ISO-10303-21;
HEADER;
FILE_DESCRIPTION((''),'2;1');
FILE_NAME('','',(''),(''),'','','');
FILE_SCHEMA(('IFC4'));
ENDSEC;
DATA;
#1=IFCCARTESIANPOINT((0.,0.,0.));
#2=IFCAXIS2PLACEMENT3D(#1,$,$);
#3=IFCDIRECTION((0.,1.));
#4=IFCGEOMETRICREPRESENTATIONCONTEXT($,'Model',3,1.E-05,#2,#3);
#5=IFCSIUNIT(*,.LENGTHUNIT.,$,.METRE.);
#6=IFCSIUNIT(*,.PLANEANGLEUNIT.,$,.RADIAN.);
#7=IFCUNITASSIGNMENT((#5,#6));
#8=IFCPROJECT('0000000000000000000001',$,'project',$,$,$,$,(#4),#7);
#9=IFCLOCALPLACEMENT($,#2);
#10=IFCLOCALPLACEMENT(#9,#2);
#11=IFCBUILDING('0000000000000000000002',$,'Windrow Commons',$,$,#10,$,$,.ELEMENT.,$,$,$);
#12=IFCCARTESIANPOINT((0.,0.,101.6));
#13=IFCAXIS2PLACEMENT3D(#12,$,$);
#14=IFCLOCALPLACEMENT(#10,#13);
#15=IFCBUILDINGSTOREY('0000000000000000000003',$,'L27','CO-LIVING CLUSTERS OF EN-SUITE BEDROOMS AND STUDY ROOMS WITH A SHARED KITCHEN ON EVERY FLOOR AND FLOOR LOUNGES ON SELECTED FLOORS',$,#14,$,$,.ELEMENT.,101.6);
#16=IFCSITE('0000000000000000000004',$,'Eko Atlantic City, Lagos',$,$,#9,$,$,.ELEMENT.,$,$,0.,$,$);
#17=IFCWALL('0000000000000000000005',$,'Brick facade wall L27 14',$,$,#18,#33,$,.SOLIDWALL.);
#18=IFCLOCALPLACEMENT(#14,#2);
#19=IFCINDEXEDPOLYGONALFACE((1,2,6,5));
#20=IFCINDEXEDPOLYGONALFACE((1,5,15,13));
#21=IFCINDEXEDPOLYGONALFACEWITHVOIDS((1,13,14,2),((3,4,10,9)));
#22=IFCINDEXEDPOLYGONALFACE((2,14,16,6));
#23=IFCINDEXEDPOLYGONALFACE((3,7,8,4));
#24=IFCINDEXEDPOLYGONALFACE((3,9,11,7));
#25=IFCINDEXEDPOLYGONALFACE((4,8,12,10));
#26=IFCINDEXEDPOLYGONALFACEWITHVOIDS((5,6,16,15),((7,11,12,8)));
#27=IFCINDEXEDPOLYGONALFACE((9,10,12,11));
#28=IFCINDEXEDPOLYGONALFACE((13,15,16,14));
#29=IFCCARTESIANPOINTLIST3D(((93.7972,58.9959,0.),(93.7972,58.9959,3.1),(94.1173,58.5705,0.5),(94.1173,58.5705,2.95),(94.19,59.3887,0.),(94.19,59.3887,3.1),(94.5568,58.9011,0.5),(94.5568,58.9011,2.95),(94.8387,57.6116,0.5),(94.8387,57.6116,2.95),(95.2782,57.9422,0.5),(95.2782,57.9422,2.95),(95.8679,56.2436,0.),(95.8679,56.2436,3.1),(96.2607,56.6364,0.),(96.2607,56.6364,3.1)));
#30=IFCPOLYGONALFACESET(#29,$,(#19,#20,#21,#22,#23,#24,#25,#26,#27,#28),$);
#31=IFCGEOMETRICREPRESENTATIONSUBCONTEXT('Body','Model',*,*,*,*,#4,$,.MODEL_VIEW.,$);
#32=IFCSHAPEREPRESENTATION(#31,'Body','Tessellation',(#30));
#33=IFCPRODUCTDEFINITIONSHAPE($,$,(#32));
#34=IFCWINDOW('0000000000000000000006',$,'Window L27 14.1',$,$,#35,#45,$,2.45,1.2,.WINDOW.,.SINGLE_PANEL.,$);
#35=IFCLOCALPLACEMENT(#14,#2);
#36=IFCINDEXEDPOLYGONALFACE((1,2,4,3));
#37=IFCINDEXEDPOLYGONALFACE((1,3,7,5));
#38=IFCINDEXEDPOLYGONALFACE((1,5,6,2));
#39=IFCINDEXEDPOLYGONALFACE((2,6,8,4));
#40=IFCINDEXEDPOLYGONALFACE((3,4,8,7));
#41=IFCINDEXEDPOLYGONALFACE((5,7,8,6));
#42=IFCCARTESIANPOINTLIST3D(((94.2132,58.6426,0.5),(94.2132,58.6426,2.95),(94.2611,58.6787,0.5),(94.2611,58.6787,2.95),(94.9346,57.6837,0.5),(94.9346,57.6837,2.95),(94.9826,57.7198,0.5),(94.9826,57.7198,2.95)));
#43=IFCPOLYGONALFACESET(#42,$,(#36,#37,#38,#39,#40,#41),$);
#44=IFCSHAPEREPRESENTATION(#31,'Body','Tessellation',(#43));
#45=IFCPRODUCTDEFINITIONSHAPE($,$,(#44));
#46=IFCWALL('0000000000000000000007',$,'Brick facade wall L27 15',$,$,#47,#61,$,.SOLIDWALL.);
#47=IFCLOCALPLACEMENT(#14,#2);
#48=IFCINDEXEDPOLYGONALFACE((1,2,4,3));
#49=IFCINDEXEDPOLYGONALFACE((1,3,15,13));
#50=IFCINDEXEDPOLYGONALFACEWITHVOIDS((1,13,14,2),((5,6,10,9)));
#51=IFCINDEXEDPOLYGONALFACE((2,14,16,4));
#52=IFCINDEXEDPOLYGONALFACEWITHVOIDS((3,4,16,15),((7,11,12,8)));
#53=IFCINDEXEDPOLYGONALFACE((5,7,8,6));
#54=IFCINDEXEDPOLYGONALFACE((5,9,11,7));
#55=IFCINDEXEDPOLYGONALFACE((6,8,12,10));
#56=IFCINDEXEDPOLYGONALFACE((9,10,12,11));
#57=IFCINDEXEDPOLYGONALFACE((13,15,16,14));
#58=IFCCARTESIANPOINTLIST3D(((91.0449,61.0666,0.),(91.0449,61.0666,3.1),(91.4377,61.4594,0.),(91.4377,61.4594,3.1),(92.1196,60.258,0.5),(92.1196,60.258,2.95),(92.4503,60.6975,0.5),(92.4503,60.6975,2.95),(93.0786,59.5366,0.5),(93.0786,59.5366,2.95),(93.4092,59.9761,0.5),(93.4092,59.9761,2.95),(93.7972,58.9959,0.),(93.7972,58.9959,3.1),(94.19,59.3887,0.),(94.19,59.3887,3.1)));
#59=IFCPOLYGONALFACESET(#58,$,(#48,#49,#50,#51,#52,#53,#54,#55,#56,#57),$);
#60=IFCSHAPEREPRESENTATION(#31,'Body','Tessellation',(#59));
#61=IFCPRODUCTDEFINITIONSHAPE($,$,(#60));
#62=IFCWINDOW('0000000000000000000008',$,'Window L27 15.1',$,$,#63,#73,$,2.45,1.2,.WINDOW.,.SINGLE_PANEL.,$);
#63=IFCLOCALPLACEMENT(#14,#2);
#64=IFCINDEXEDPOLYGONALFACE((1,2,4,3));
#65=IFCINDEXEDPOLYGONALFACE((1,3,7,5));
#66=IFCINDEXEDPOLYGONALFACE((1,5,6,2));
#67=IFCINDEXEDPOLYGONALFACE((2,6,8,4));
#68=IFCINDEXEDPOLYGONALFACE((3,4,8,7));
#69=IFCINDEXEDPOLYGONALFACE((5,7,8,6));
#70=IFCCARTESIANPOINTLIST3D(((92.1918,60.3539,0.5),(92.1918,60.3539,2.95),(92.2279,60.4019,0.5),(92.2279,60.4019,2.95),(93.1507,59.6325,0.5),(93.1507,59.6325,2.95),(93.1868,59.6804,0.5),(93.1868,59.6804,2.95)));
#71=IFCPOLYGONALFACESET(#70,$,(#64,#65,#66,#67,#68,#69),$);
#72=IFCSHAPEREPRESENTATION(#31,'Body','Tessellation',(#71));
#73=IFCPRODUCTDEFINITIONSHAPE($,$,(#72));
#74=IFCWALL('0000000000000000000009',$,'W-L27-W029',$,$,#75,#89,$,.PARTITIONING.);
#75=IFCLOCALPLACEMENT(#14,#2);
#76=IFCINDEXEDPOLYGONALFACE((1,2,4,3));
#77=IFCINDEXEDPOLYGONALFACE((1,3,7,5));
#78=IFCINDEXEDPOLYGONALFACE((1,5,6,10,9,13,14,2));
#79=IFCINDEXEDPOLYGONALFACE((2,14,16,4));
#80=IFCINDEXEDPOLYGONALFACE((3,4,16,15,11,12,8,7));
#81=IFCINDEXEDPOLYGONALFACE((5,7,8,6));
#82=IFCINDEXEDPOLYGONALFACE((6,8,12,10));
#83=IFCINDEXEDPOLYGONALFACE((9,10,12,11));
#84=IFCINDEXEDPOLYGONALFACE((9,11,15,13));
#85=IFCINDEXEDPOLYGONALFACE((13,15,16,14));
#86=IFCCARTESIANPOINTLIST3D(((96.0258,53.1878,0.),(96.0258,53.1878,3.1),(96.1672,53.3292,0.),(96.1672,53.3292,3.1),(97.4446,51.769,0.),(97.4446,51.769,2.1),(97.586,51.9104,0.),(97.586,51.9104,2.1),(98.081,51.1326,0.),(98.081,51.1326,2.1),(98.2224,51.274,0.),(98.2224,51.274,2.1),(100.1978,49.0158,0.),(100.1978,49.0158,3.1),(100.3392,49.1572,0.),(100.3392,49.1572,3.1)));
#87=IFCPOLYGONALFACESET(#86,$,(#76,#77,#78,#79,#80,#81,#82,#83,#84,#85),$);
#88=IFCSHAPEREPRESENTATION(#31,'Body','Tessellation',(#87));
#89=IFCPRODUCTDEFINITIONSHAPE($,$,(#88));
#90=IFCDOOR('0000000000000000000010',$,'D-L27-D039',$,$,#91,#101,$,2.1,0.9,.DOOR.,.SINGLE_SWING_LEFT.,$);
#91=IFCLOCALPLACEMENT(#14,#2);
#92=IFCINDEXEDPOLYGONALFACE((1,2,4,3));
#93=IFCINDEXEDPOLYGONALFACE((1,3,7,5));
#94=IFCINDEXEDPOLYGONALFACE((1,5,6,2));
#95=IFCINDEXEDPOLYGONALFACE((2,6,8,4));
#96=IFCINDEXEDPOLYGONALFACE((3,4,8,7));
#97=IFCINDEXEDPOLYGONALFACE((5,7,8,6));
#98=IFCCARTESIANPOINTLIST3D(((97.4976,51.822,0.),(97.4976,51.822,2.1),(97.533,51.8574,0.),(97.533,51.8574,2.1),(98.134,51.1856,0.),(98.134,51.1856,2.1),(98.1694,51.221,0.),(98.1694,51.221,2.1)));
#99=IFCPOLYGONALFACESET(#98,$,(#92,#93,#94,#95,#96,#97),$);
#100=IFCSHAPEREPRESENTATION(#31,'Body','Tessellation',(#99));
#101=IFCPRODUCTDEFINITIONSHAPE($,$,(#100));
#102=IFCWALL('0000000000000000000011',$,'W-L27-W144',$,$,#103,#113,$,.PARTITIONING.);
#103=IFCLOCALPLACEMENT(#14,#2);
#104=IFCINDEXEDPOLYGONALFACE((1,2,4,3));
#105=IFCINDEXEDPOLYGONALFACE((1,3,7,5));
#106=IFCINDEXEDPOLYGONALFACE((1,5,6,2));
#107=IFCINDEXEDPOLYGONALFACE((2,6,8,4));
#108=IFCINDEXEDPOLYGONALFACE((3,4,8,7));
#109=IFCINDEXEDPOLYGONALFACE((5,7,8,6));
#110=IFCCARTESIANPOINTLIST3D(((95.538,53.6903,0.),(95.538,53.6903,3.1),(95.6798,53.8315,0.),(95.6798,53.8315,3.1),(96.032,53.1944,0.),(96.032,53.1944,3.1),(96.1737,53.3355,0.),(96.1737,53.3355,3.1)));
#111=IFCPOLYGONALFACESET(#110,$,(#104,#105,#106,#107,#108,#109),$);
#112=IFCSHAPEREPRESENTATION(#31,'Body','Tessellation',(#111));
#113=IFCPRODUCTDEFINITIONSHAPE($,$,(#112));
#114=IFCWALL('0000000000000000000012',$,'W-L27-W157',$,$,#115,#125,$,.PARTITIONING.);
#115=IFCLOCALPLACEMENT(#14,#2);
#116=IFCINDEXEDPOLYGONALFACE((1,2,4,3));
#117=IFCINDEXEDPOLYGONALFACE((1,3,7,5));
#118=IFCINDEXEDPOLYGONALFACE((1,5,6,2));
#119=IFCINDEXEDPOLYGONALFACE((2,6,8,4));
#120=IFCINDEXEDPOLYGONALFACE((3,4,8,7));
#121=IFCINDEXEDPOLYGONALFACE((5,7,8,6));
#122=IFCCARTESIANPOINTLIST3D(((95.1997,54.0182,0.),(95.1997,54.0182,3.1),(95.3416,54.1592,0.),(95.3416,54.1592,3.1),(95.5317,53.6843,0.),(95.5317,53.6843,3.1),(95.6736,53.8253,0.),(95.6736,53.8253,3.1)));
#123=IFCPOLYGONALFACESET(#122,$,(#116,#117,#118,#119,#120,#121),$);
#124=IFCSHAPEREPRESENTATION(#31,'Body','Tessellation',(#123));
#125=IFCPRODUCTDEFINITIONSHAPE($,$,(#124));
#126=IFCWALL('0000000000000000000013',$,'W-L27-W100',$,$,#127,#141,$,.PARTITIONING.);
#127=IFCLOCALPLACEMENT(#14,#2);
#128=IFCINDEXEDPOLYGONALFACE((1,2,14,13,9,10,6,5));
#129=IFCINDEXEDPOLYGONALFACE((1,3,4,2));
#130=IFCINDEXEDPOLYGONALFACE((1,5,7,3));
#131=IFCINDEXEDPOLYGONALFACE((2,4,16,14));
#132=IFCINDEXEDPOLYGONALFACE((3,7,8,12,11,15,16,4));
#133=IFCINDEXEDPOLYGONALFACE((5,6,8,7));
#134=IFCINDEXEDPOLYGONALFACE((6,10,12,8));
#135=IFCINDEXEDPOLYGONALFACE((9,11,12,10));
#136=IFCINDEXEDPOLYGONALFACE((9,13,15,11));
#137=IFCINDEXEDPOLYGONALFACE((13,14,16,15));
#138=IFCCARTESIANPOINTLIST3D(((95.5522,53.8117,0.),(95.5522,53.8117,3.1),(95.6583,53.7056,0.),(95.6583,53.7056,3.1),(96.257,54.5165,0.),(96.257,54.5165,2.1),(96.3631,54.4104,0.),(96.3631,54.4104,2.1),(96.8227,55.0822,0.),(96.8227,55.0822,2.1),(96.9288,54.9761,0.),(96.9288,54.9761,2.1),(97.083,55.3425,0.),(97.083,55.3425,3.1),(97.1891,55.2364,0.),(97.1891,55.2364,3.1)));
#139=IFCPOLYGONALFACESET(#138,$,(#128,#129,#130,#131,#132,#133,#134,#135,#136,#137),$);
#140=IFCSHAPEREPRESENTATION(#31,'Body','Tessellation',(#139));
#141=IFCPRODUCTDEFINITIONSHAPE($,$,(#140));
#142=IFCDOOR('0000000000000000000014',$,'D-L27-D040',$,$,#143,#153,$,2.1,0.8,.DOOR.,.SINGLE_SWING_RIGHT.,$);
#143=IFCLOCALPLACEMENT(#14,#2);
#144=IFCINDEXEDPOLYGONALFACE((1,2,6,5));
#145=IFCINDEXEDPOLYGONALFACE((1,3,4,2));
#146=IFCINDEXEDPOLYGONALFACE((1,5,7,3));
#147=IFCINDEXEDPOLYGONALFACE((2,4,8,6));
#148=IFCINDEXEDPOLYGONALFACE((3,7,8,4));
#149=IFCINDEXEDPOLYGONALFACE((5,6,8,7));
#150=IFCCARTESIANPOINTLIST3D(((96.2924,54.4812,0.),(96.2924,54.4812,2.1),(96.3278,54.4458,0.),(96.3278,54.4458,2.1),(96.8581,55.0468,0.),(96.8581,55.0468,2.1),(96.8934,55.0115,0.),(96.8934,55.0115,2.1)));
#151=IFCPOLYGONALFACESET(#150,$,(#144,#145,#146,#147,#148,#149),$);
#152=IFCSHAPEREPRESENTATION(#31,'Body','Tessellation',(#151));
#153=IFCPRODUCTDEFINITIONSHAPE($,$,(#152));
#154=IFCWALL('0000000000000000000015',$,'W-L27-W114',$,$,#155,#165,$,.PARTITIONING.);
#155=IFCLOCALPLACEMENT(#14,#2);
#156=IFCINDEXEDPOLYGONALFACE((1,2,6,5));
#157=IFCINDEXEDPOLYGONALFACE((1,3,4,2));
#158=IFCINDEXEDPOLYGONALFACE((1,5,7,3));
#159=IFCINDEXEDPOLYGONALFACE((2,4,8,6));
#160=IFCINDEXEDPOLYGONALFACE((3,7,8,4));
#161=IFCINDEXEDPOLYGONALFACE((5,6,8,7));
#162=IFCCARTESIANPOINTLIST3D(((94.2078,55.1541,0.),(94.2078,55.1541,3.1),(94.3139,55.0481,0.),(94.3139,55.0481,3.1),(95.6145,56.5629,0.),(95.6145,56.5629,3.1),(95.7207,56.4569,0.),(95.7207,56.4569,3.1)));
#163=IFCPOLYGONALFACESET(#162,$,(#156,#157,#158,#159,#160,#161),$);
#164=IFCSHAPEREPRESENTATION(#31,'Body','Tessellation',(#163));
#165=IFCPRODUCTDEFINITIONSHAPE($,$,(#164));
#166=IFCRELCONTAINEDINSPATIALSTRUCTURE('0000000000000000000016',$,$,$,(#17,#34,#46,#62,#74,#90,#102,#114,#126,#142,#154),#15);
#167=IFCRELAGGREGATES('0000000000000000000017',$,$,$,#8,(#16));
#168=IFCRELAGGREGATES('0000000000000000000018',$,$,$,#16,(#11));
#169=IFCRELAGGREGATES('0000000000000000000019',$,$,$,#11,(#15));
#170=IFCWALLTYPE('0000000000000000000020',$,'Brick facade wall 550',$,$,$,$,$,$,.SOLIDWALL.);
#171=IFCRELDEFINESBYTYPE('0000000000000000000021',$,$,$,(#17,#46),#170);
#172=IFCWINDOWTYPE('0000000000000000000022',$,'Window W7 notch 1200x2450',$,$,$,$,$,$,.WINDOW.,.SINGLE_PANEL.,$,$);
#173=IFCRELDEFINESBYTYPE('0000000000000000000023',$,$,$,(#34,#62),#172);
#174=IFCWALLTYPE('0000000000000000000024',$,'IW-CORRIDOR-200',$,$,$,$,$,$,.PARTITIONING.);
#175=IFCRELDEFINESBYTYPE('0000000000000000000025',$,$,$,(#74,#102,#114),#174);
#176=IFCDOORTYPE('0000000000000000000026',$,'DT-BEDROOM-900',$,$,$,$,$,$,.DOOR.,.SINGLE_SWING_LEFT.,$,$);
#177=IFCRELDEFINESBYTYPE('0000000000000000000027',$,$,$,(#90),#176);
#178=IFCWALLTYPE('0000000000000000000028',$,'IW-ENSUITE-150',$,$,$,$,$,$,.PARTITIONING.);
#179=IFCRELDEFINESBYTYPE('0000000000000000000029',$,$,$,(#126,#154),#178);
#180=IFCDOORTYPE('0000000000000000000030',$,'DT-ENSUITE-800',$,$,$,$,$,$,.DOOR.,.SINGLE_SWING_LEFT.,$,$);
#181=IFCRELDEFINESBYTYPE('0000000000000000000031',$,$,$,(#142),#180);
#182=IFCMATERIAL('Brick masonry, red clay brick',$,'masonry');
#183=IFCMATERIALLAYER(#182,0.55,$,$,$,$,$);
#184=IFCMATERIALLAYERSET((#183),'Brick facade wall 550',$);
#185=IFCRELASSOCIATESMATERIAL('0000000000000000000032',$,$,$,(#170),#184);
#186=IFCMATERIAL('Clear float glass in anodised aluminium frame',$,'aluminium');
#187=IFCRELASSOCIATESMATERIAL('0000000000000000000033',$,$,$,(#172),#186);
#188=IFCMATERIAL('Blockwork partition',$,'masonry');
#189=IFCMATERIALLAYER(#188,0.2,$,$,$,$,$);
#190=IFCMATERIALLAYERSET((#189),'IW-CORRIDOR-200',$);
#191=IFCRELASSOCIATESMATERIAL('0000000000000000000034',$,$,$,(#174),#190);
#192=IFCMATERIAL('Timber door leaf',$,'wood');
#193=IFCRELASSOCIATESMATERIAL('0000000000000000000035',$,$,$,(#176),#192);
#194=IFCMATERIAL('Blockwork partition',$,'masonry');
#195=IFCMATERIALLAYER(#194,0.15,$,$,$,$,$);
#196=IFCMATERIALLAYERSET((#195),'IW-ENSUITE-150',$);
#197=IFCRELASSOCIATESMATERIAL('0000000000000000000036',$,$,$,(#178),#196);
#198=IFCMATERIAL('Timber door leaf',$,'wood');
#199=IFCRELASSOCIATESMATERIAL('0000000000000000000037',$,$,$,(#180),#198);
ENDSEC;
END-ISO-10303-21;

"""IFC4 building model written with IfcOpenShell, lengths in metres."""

from ifc_helpers import new_model, si_unit, direction, frame, frame_2d, origin, place, context, subcontext, project, spatial, polyline, rectangle, outline, extrude, material, layer, layer_set, type_object, element, fill, save


model = new_model("IFC4")

# Units and contexts
model_context = context("Model", 3, precision=1e-05, world=origin(), true_north=direction((0.0, 1.0)))
body_context = subcontext(model_context, "Body", "Model", "MODEL_VIEW")
ifc_project = project(units=[si_unit("LENGTHUNIT", "METRE"), si_unit("PLANEANGLEUNIT", "RADIAN")], contexts=[model_context])

# Site, building, storey
site_placement = place(None, origin())
site = spatial("IfcSite", under=ifc_project, at=site_placement, Name="Eko Atlantic City, Lagos", CompositionType="ELEMENT", RefElevation=0.0)
building_placement = place(site_placement, origin())
building = spatial("IfcBuilding", under=site, at=building_placement, Name="Windrow Commons", CompositionType="ELEMENT")
storey_placement = place(building_placement, frame((0.0, 0.0, 101.6)))
storey = spatial("IfcBuildingStorey", under=building, at=storey_placement, Name="L27", Description="CO-LIVING CLUSTERS OF EN-SUITE BEDROOMS AND STUDY ROOMS WITH A SHARED KITCHEN ON EVERY FLOOR AND FLOOR LOUNGES ON SELECTED FLOORS", CompositionType="ELEMENT", Elevation=101.6)

# Shared definitions
ifc_material_1 = material(Name="Brick masonry, red clay brick", Category="masonry")
ifc_layer_1 = layer(ifc_material_1, 0.55)
ifc_layer_set_1 = layer_set([ifc_layer_1], Name="Brick facade wall 550")
wall_type_1 = type_object("IfcWallType", Name="Brick facade wall 550", PredefinedType="SOLIDWALL", material=ifc_layer_set_1)
ifc_material_2 = material(Name="Clear float glass in anodised aluminium frame", Category="aluminium")
window_type_1 = type_object("IfcWindowType", Name="Window W7 notch 1200x2450", PartitioningType="SINGLE_PANEL", PredefinedType="WINDOW", material=ifc_material_2)

# Walls, openings, windows
wall_1_placement = place(storey_placement, frame((96.0643, 56.44, 0.0), z_axis=(0.0, 0.0, 1.0), x_axis=(-0.601202, 0.799097, 0.0)))
wall_1 = element("IfcWall", 1, at=wall_1_placement, inside=storey, type_object=wall_type_1, Name="Brick facade wall L27 14", PredefinedType="SOLIDWALL", context=body_context, shape_type="SweptSolid", body=[
    extrude(outline(polyline([(0.0389, -0.275), (3.4831, -0.275), (3.4054, 0.275), (-0.0389, 0.275), (0.0389, -0.275)])), origin(), (0.0, 0.0, 1.0), 3.1),
])
opening_1_placement = place(wall_1_placement, frame((1.673, 0.0, 0.5)))
opening_1 = element("IfcOpeningElement", 2, at=opening_1_placement, cuts=wall_1, PredefinedType="OPENING", context=body_context, shape_type="SweptSolid", body=[
    extrude(rectangle(XDim=1.2, YDim=2.45, at=frame_2d((0.6, 1.225))), frame((0.0, 0.285, 0.0), z_axis=(0.0, -1.0, 0.0), x_axis=(1.0, 0.0, 0.0)), (0.0, 0.0, 1.0), 0.57),
])
window_1_placement = place(opening_1_placement, origin())
window_1 = element("IfcWindow", 3, at=window_1_placement, inside=storey, type_object=window_type_1, Name="Window L27 14.1", OverallHeight=2.45, OverallWidth=1.2, PartitioningType="SINGLE_PANEL", PredefinedType="WINDOW", context=body_context, shape_type="SweptSolid", body=[
    extrude(rectangle(XDim=1.2, YDim=2.45, at=frame_2d((0.6, 1.225))), frame((0.0, 0.155, 0.0), z_axis=(0.0, -1.0, 0.0), x_axis=(1.0, 0.0, 0.0)), (0.0, 0.0, 1.0), 0.06),
])
fill(opening_1, window_1)
wall_2_placement = place(storey_placement, frame((93.9936, 59.1923, 0.0), z_axis=(0.0, 0.0, 1.0), x_axis=(-0.799097, 0.601202, 0.0)))
wall_2 = element("IfcWall", 4, at=wall_2_placement, inside=storey, type_object=wall_type_1, Name="Brick facade wall L27 15", PredefinedType="SOLIDWALL", context=body_context, shape_type="SweptSolid", body=[
    extrude(outline(polyline([(-0.0389, -0.275), (3.4054, -0.275), (3.4831, 0.275), (0.0389, 0.275), (-0.0389, -0.275)])), origin(), (0.0, 0.0, 1.0), 3.1),
])
opening_2_placement = place(wall_2_placement, frame((0.9382, 0.0, 0.5)))
opening_2 = element("IfcOpeningElement", 5, at=opening_2_placement, cuts=wall_2, PredefinedType="OPENING", context=body_context, shape_type="SweptSolid", body=[
    extrude(rectangle(XDim=1.2, YDim=2.45, at=frame_2d((0.6, 1.225))), frame((0.0, 0.285, 0.0), z_axis=(0.0, -1.0, 0.0), x_axis=(1.0, 0.0, 0.0)), (0.0, 0.0, 1.0), 0.57),
])
window_2_placement = place(opening_2_placement, origin())
window_2 = element("IfcWindow", 6, at=window_2_placement, inside=storey, type_object=window_type_1, Name="Window L27 15.1", OverallHeight=2.45, OverallWidth=1.2, PartitioningType="SINGLE_PANEL", PredefinedType="WINDOW", context=body_context, shape_type="SweptSolid", body=[
    extrude(rectangle(XDim=1.2, YDim=2.45, at=frame_2d((0.6, 1.225))), frame((0.0, 0.155, 0.0), z_axis=(0.0, -1.0, 0.0), x_axis=(1.0, 0.0, 0.0)), (0.0, 0.0, 1.0), 0.06),
])
fill(opening_2, window_2)

# Wall, opening, door
ifc_material_3 = material(Name="Blockwork partition", Category="masonry")
ifc_layer_2 = layer(ifc_material_3, 0.2)
ifc_layer_set_2 = layer_set([ifc_layer_2], Name="IW-CORRIDOR-200")
wall_type_2 = type_object("IfcWallType", Name="IW-CORRIDOR-200", PredefinedType="PARTITIONING", material=ifc_layer_set_2)
wall_3_placement = place(storey_placement, frame((96.0965, 53.2585, 0.0), z_axis=(0.0, 0.0, 1.0), x_axis=(0.707107, -0.707107, 0.0)))
wall_3 = element("IfcWall", 7, at=wall_3_placement, inside=storey, type_object=wall_type_2, Name="W-L27-W029", PredefinedType="PARTITIONING", context=body_context, shape_type="SweptSolid", body=[
    extrude(rectangle(XDim=5.9001, YDim=0.2, at=frame_2d((2.9501, 0.0))), origin(), (0.0, 0.0, 1.0), 3.1),
])
opening_3_placement = place(wall_3_placement, frame((2.0065, 0.0, 0.0)))
opening_3 = element("IfcOpeningElement", 8, at=opening_3_placement, cuts=wall_3, PredefinedType="OPENING", context=body_context, shape_type="SweptSolid", body=[
    extrude(rectangle(XDim=0.9, YDim=2.1, at=frame_2d((0.45, 1.05))), frame((0.0, 0.11, 0.0), z_axis=(0.0, -1.0, 0.0), x_axis=(1.0, 0.0, 0.0)), (0.0, 0.0, 1.0), 0.22),
])
ifc_material_4 = material(Name="Timber door leaf", Category="wood")
door_type_1 = type_object("IfcDoorType", Name="DT-BEDROOM-900", OperationType="SINGLE_SWING_LEFT", PredefinedType="DOOR", material=ifc_material_4)
door_1_placement = place(opening_3_placement, origin())
door_1 = element("IfcDoor", 9, at=door_1_placement, inside=storey, type_object=door_type_1, Name="D-L27-D039", OperationType="SINGLE_SWING_LEFT", OverallHeight=2.1, OverallWidth=0.9, PredefinedType="DOOR", context=body_context, shape_type="SweptSolid", body=[
    extrude(rectangle(XDim=0.9, YDim=2.1, at=frame_2d((0.45, 1.05))), frame((0.0, 0.025, 0.0), z_axis=(0.0, -1.0, 0.0), x_axis=(1.0, 0.0, 0.0)), (0.0, 0.0, 1.0), 0.05),
])
fill(opening_3, door_1)

# Walls
wall_4_placement = place(storey_placement, frame((95.6089, 53.7609, 0.0), z_axis=(0.0, 0.0, 1.0), x_axis=(0.705677, -0.708534, 0.0)))
element("IfcWall", 10, at=wall_4_placement, inside=storey, type_object=wall_type_2, Name="W-L27-W144", PredefinedType="PARTITIONING", context=body_context, shape_type="SweptSolid", body=[
    extrude(rectangle(XDim=0.7, YDim=0.2, at=frame_2d((0.35, 0.0))), origin(), (0.0, 0.0, 1.0), 3.1),
])
wall_5_placement = place(storey_placement, frame((95.2707, 54.0887, 0.0), z_axis=(0.0, 0.0, 1.0), x_axis=(0.70498, -0.709227, 0.0)))
element("IfcWall", 11, at=wall_5_placement, inside=storey, type_object=wall_type_2, Name="W-L27-W157", PredefinedType="PARTITIONING", context=body_context, shape_type="SweptSolid", body=[
    extrude(rectangle(XDim=0.4709, YDim=0.2, at=frame_2d((0.2354, 0.0))), origin(), (0.0, 0.0, 1.0), 3.1),
])

# Wall, opening, door
ifc_material_5 = material(Name="Blockwork partition", Category="masonry")
ifc_layer_3 = layer(ifc_material_5, 0.15)
ifc_layer_set_3 = layer_set([ifc_layer_3], Name="IW-ENSUITE-150")
wall_type_3 = type_object("IfcWallType", Name="IW-ENSUITE-150", PredefinedType="PARTITIONING", material=ifc_layer_set_3)
wall_6_placement = place(storey_placement, frame((95.6053, 53.7587, 0.0), z_axis=(0.0, 0.0, 1.0), x_axis=(0.707107, 0.707107, 0.0)))
wall_6 = element("IfcWall", 12, at=wall_6_placement, inside=storey, type_object=wall_type_3, Name="W-L27-W100", PredefinedType="PARTITIONING", context=body_context, shape_type="SweptSolid", body=[
    extrude(rectangle(XDim=2.1649, YDim=0.15, at=frame_2d((1.0824, 0.0))), origin(), (0.0, 0.0, 1.0), 3.1),
])
opening_4_placement = place(wall_6_placement, frame((0.9967, 0.0, 0.0)))
opening_4 = element("IfcOpeningElement", 13, at=opening_4_placement, cuts=wall_6, PredefinedType="OPENING", context=body_context, shape_type="SweptSolid", body=[
    extrude(rectangle(XDim=0.8, YDim=2.1, at=frame_2d((0.4, 1.05))), frame((0.0, 0.085, 0.0), z_axis=(0.0, -1.0, 0.0), x_axis=(1.0, 0.0, 0.0)), (0.0, 0.0, 1.0), 0.17),
])
ifc_material_6 = material(Name="Timber door leaf", Category="wood")
door_type_2 = type_object("IfcDoorType", Name="DT-ENSUITE-800", OperationType="SINGLE_SWING_LEFT", PredefinedType="DOOR", material=ifc_material_6)
door_2_placement = place(opening_4_placement, origin())
door_2 = element("IfcDoor", 14, at=door_2_placement, inside=storey, type_object=door_type_2, Name="D-L27-D040", OperationType="SINGLE_SWING_RIGHT", OverallHeight=2.1, OverallWidth=0.8, PredefinedType="DOOR", context=body_context, shape_type="SweptSolid", body=[
    extrude(rectangle(XDim=0.8, YDim=2.1, at=frame_2d((0.4, 1.05))), frame((0.0, 0.025, 0.0), z_axis=(0.0, -1.0, 0.0), x_axis=(1.0, 0.0, 0.0)), (0.0, 0.0, 1.0), 0.05),
])
fill(opening_4, door_2)

# Wall
wall_7_placement = place(storey_placement, frame((94.2609, 55.1011, 0.0), z_axis=(0.0, 0.0, 1.0), x_axis=(0.706579, 0.707634, 0.0)))
element("IfcWall", 15, at=wall_7_placement, inside=storey, type_object=wall_type_3, Name="W-L27-W114", PredefinedType="PARTITIONING", context=body_context, shape_type="SweptSolid", body=[
    extrude(rectangle(XDim=1.9909, YDim=0.15, at=frame_2d((0.9954, 0.0))), origin(), (0.0, 0.0, 1.0), 3.1),
])

save(model, "model.ifc")
